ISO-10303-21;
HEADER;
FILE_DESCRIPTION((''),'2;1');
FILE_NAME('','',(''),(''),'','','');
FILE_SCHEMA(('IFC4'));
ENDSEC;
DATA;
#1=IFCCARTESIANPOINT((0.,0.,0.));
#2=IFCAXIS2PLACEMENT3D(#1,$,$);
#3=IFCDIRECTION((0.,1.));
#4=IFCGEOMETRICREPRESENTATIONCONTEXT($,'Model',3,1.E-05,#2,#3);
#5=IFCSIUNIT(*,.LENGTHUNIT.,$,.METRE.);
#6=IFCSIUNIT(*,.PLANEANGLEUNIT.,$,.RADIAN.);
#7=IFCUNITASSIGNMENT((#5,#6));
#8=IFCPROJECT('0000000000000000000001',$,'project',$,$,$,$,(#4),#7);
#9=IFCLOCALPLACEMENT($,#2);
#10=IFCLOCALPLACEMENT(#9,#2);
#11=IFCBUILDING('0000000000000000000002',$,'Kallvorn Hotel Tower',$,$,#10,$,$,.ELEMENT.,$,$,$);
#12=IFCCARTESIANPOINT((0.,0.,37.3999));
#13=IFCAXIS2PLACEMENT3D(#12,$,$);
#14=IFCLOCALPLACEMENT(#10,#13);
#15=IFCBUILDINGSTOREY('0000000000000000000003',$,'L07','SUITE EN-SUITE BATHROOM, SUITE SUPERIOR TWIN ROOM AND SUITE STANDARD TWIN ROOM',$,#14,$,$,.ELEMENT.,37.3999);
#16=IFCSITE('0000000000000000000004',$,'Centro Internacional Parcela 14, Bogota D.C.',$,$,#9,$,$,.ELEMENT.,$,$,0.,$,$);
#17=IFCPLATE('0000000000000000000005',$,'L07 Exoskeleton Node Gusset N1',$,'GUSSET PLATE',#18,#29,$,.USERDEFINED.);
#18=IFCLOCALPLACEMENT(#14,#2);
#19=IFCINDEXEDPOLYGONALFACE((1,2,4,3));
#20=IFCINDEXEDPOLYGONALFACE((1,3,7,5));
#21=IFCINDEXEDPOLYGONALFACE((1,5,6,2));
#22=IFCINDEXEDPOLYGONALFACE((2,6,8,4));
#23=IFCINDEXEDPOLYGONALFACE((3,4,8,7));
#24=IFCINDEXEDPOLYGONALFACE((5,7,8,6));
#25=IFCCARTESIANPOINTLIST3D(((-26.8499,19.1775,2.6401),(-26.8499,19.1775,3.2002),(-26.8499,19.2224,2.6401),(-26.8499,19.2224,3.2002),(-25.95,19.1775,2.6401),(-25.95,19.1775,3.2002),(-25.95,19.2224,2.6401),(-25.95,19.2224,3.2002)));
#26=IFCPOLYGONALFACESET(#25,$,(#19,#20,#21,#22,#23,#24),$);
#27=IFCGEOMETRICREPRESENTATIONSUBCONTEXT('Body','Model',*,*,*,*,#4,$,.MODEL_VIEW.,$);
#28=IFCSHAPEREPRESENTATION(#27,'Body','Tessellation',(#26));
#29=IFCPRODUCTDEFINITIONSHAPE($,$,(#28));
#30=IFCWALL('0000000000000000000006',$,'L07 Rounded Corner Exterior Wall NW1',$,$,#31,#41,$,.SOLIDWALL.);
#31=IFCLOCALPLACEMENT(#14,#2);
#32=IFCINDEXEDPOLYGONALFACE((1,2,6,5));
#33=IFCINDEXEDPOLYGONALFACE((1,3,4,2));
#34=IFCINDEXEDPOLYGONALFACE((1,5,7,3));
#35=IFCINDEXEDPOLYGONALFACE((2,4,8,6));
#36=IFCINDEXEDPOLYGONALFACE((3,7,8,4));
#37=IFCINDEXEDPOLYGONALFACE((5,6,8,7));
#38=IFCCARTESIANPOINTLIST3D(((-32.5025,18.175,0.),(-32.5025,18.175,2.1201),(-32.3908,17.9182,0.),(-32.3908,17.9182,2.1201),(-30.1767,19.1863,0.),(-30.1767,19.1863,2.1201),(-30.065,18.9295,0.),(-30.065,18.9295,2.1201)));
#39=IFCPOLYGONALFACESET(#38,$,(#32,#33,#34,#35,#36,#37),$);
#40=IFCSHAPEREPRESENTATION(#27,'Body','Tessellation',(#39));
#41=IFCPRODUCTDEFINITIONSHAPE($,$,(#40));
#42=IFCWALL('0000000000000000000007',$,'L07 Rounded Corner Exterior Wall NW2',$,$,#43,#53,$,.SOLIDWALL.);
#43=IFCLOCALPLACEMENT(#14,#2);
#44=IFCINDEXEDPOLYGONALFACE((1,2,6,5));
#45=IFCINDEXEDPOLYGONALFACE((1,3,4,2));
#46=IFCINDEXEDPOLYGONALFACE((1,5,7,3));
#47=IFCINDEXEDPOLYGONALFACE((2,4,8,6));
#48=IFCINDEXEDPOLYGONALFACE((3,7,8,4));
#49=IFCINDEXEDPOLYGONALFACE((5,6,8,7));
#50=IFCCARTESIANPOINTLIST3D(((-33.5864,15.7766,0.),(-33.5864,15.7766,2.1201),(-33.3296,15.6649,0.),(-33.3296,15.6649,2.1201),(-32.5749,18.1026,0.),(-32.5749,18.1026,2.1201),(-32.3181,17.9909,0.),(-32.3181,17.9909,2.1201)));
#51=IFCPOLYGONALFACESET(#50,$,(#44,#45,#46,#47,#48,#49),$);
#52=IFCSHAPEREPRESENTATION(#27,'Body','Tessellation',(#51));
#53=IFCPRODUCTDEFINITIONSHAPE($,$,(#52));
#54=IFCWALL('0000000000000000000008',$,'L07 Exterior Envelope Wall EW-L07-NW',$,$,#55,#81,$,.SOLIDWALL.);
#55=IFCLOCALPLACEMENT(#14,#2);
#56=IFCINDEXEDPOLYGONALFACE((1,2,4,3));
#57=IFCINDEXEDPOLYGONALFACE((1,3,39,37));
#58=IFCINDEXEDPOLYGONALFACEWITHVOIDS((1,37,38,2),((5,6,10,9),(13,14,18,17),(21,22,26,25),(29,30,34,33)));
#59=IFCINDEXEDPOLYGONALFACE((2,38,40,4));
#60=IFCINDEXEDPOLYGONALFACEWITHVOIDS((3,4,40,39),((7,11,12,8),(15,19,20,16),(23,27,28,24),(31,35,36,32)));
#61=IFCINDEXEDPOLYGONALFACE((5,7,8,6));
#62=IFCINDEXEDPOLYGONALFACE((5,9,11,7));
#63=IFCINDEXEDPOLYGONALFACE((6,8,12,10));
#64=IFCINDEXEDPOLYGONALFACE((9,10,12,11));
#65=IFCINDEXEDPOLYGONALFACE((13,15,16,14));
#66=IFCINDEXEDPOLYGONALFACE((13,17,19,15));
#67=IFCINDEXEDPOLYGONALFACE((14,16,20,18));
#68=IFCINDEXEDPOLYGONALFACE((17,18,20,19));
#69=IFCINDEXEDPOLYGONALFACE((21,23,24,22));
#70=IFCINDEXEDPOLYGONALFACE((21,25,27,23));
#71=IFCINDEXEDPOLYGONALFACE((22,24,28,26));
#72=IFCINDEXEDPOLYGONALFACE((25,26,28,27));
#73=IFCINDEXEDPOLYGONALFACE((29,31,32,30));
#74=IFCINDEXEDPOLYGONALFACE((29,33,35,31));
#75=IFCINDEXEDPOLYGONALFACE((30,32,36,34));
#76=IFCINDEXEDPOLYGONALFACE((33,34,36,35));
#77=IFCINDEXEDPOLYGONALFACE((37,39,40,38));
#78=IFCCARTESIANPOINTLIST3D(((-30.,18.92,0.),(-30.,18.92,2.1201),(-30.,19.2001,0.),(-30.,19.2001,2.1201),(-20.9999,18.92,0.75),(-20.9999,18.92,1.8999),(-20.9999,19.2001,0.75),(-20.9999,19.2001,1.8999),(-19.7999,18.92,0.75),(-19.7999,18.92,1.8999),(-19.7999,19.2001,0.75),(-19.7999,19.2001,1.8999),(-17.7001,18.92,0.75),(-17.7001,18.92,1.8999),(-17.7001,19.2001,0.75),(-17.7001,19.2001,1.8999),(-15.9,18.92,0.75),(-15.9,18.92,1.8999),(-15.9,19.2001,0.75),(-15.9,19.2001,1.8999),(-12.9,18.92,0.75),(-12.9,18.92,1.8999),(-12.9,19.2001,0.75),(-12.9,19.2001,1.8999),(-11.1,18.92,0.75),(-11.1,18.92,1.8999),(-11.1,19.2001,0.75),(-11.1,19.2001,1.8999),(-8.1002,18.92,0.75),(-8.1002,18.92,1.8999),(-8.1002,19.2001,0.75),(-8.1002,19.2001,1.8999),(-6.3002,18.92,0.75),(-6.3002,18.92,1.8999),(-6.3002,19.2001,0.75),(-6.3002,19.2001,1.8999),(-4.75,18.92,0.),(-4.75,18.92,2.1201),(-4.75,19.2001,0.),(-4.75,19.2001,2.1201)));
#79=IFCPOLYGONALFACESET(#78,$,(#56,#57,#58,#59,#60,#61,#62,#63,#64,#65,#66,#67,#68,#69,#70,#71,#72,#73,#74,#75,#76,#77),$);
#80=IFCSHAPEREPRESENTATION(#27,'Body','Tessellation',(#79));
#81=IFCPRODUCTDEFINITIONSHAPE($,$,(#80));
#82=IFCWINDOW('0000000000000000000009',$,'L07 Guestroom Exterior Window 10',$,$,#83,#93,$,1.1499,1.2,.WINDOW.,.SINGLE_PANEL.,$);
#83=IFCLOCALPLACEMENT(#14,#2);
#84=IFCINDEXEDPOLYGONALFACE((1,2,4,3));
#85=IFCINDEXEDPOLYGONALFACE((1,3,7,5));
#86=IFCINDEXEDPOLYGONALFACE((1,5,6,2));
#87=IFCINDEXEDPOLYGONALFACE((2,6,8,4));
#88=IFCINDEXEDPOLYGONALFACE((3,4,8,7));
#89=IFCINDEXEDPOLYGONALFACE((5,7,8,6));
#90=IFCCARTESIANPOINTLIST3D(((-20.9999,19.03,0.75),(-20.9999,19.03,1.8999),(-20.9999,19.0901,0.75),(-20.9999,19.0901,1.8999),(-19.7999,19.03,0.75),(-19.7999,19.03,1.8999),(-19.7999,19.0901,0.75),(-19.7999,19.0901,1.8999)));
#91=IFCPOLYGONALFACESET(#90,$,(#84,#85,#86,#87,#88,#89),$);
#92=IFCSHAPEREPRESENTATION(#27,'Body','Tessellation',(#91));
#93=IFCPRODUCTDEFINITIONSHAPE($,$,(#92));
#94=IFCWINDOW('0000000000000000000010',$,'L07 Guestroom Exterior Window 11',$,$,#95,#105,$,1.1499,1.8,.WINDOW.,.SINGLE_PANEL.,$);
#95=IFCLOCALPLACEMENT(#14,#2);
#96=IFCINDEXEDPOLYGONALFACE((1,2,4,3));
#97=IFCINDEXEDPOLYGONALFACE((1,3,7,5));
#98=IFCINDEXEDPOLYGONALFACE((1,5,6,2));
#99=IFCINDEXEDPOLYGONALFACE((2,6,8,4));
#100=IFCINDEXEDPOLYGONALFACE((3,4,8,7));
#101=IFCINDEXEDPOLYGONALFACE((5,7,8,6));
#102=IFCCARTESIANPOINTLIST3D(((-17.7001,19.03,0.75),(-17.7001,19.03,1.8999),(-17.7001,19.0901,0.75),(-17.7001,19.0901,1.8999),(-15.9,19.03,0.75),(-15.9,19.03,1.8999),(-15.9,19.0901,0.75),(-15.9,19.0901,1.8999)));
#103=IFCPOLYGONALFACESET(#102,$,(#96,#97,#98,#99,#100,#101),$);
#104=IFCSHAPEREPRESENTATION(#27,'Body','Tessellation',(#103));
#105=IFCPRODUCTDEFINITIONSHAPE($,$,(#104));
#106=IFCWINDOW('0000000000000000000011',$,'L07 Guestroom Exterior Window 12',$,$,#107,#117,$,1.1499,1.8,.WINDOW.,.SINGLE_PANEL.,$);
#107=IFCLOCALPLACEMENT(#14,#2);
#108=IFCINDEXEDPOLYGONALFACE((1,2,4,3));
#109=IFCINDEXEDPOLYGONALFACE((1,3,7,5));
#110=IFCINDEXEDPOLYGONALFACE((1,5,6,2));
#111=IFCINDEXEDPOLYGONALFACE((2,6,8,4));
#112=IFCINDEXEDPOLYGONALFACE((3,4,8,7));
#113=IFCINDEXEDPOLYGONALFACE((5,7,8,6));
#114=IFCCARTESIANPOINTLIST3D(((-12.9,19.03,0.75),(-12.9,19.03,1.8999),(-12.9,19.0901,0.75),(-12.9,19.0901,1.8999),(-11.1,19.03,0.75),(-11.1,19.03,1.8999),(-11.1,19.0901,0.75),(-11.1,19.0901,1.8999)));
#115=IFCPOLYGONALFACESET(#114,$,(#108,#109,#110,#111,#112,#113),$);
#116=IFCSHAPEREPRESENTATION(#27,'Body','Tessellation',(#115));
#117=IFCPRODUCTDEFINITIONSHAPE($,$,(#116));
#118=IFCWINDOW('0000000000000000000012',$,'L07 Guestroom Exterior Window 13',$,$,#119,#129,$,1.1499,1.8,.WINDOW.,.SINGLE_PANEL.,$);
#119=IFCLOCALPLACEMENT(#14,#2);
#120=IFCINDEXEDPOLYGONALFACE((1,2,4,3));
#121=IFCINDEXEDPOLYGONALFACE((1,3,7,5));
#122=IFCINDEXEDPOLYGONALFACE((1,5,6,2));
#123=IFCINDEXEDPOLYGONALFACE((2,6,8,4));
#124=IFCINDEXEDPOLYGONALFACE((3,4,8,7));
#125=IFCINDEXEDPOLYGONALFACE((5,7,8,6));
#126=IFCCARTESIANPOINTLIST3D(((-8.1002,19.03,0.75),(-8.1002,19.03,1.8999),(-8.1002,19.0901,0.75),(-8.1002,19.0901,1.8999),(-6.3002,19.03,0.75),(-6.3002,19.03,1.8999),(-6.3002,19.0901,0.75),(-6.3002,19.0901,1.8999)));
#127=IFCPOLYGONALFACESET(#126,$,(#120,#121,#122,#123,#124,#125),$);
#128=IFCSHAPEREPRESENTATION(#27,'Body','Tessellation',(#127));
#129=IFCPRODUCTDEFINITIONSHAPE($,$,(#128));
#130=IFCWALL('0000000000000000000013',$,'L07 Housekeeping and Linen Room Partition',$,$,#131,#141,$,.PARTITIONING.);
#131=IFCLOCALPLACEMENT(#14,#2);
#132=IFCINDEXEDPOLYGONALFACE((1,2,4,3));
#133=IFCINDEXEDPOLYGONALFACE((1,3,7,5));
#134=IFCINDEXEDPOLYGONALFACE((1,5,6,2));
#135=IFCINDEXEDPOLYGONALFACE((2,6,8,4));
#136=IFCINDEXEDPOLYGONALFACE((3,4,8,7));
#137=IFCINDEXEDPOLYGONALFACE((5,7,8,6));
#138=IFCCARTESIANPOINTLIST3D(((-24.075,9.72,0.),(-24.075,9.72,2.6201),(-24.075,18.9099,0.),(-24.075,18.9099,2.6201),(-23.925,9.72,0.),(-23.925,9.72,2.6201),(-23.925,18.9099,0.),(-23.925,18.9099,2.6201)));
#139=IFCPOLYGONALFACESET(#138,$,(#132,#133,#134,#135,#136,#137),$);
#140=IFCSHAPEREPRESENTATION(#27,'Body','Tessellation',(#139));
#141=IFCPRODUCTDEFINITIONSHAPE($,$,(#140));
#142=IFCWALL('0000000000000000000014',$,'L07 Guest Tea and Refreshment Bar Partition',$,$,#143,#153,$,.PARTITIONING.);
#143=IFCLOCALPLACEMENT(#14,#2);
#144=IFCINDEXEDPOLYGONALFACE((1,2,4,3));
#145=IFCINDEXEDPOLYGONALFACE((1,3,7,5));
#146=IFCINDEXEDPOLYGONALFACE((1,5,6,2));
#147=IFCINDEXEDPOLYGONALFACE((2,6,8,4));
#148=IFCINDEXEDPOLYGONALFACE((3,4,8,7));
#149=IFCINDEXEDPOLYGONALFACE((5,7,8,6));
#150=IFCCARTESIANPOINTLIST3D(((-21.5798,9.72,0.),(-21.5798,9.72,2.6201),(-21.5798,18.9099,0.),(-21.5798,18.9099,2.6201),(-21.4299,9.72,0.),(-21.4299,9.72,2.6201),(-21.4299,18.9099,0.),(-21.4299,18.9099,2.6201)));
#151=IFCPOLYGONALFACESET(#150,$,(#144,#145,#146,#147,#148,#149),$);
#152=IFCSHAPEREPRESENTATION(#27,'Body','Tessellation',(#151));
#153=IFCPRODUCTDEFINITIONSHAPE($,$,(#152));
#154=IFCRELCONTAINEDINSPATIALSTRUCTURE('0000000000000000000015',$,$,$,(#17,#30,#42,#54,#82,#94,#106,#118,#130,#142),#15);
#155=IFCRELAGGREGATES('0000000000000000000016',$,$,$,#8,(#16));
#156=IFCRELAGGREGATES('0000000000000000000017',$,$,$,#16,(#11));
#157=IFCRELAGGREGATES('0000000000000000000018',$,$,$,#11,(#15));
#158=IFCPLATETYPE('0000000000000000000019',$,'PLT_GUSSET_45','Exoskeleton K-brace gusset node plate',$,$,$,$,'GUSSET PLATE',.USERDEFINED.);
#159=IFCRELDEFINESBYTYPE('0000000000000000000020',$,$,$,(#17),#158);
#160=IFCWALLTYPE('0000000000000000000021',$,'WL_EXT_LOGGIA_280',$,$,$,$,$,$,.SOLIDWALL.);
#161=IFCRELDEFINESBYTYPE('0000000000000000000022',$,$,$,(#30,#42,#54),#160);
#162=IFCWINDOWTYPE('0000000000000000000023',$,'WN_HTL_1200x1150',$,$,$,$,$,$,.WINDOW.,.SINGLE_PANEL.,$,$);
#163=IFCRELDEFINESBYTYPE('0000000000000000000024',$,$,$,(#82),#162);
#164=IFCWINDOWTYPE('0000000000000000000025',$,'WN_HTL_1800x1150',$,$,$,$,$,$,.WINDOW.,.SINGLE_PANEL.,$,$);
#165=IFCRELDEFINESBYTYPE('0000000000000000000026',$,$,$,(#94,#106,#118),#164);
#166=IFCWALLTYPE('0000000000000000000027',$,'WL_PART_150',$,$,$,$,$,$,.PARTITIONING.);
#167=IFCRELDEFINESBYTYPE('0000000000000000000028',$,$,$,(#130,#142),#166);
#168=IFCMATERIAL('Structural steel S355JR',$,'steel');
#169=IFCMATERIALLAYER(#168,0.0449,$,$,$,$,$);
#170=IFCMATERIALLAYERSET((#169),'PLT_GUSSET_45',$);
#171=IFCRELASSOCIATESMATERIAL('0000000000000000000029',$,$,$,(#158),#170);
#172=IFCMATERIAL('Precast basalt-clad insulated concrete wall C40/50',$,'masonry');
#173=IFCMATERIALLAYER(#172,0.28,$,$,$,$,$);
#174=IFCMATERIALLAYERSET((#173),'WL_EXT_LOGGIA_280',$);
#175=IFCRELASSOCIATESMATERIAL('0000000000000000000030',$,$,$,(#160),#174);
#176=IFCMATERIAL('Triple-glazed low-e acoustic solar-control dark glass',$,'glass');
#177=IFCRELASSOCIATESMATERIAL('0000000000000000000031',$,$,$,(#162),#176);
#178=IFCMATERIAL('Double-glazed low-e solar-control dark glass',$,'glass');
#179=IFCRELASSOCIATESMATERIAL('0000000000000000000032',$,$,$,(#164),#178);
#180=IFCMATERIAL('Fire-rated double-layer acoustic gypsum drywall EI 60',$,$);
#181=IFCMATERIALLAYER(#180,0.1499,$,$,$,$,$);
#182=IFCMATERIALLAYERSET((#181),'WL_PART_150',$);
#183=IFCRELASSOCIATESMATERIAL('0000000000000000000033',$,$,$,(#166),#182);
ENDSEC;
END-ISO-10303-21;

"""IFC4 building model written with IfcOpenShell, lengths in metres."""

from ifc_helpers import new_model, si_unit, direction, frame, frame_2d, origin, origin_2d, place, context, subcontext, project, spatial, rectangle, extrude, material, layer, layer_set, type_object, element, fill, save


model = new_model("IFC4")

# Units and contexts
model_context = context("Model", 3, precision=1e-05, world=origin(), true_north=direction((0.0, 1.0)))
body_context = subcontext(model_context, "Body", "Model", "MODEL_VIEW")
ifc_project = project(units=[si_unit("LENGTHUNIT", "METRE"), si_unit("PLANEANGLEUNIT", "RADIAN")], contexts=[model_context])

# Site, building, storey
site_placement = place(None, origin())
site = spatial("IfcSite", under=ifc_project, at=site_placement, Name="Centro Internacional Parcela 14, Bogota D.C.", CompositionType="ELEMENT", RefElevation=0.0)
building_placement = place(site_placement, origin())
building = spatial("IfcBuilding", under=site, at=building_placement, Name="Kallvorn Hotel Tower", CompositionType="ELEMENT")
storey_placement = place(building_placement, frame((0.0, 0.0, 37.3999)))
storey = spatial("IfcBuildingStorey", under=building, at=storey_placement, Name="L07", Description="SUITE EN-SUITE BATHROOM, SUITE SUPERIOR TWIN ROOM AND SUITE STANDARD TWIN ROOM", CompositionType="ELEMENT", Elevation=37.3999)

# Plate
ifc_material_1 = material(Name="Structural steel S355JR", Category="steel")
ifc_layer_1 = layer(ifc_material_1, 0.0449)
ifc_layer_set_1 = layer_set([ifc_layer_1], Name="PLT_GUSSET_45")
plate_type_1 = type_object("IfcPlateType", Name="PLT_GUSSET_45", Description="Exoskeleton K-brace gusset node plate", ElementType="GUSSET PLATE", PredefinedType="USERDEFINED", material=ifc_layer_set_1)
plate_1_placement = place(storey_placement, frame((-26.3999, 19.2, 2.6401), z_axis=(0.0, 0.0, 1.0), x_axis=(1.0, 0.0, 0.0)))
element("IfcPlate", 1, at=plate_1_placement, inside=storey, type_object=plate_type_1, Name="L07 Exoskeleton Node Gusset N1", ObjectType="GUSSET PLATE", PredefinedType="USERDEFINED", context=body_context, shape_type="SweptSolid", body=[
    extrude(rectangle(XDim=0.8999, YDim=0.0449, at=origin_2d()), origin(), (0.0, 0.0, 1.0), 0.5601),
])

# Walls
ifc_material_2 = material(Name="Precast basalt-clad insulated concrete wall C40/50", Category="masonry")
ifc_layer_2 = layer(ifc_material_2, 0.28)
ifc_layer_set_2 = layer_set([ifc_layer_2], Name="WL_EXT_LOGGIA_280")
wall_type_1 = type_object("IfcWallType", Name="WL_EXT_LOGGIA_280", PredefinedType="SOLIDWALL", material=ifc_layer_set_2)
wall_1_placement = place(storey_placement, frame((-30.1208, 19.0579, 0.0), z_axis=(0.0, 0.0, 1.0), x_axis=(-0.917061, -0.398747, 0.0)))
element("IfcWall", 2, at=wall_1_placement, inside=storey, type_object=wall_type_1, Name="L07 Rounded Corner Exterior Wall NW1", PredefinedType="SOLIDWALL", context=body_context, shape_type="SweptSolid", body=[
    extrude(rectangle(XDim=2.5361, YDim=0.28, at=frame_2d((1.2681, 0.0))), origin(), (0.0, 0.0, 1.0), 2.1201),
])
wall_2_placement = place(storey_placement, frame((-32.4465, 18.0466, 0.0), z_axis=(0.0, 0.0, 1.0), x_axis=(-0.398793, -0.917041, 0.0)))
element("IfcWall", 3, at=wall_2_placement, inside=storey, type_object=wall_type_1, Name="L07 Rounded Corner Exterior Wall NW2", PredefinedType="SOLIDWALL", context=body_context, shape_type="SweptSolid", body=[
    extrude(rectangle(XDim=2.5364, YDim=0.28, at=frame_2d((1.2681, 0.0))), origin(), (0.0, 0.0, 1.0), 2.1201),
])

# Wall, openings, windows
wall_3_placement = place(storey_placement, frame((-30.0, 19.0601, 0.0), z_axis=(0.0, 0.0, 1.0), x_axis=(1.0, 0.0, 0.0)))
wall_3 = element("IfcWall", 4, at=wall_3_placement, inside=storey, type_object=wall_type_1, Name="L07 Exterior Envelope Wall EW-L07-NW", PredefinedType="SOLIDWALL", context=body_context, shape_type="SweptSolid", body=[
    extrude(rectangle(XDim=25.25, YDim=0.28, at=frame_2d((12.625, 0.0))), origin(), (0.0, 0.0, 1.0), 2.1201),
])
opening_1_placement = place(wall_3_placement, frame((9.0, 0.0, 0.75)))
opening_1 = element("IfcOpeningElement", 5, at=opening_1_placement, cuts=wall_3, PredefinedType="OPENING", context=body_context, shape_type="SweptSolid", body=[
    extrude(rectangle(XDim=1.2, YDim=1.1499, at=frame_2d((0.6001, 0.575))), frame((0.0, 0.155, 0.0), z_axis=(0.0, -1.0, 0.0), x_axis=(1.0, 0.0, 0.0)), (0.0, 0.0, 1.0), 0.3101),
])
opening_2_placement = place(wall_3_placement, frame((12.3, 0.0, 0.75)))
opening_2 = element("IfcOpeningElement", 6, at=opening_2_placement, cuts=wall_3, PredefinedType="OPENING", context=body_context, shape_type="SweptSolid", body=[
    extrude(rectangle(XDim=1.8, YDim=1.1499, at=frame_2d((0.8999, 0.575))), frame((0.0, 0.155, 0.0), z_axis=(0.0, -1.0, 0.0), x_axis=(1.0, 0.0, 0.0)), (0.0, 0.0, 1.0), 0.3101),
])
opening_3_placement = place(wall_3_placement, frame((17.1001, 0.0, 0.75)))
opening_3 = element("IfcOpeningElement", 7, at=opening_3_placement, cuts=wall_3, PredefinedType="OPENING", context=body_context, shape_type="SweptSolid", body=[
    extrude(rectangle(XDim=1.8, YDim=1.1499, at=frame_2d((0.8999, 0.575))), frame((0.0, 0.155, 0.0), z_axis=(0.0, -1.0, 0.0), x_axis=(1.0, 0.0, 0.0)), (0.0, 0.0, 1.0), 0.3101),
])
opening_4_placement = place(wall_3_placement, frame((21.8999, 0.0, 0.75)))
opening_4 = element("IfcOpeningElement", 8, at=opening_4_placement, cuts=wall_3, PredefinedType="OPENING", context=body_context, shape_type="SweptSolid", body=[
    extrude(rectangle(XDim=1.8, YDim=1.1499, at=frame_2d((0.8999, 0.575))), frame((0.0, 0.155, 0.0), z_axis=(0.0, -1.0, 0.0), x_axis=(1.0, 0.0, 0.0)), (0.0, 0.0, 1.0), 0.3101),
])
ifc_material_3 = material(Name="Triple-glazed low-e acoustic solar-control dark glass", Category="glass")
window_type_1 = type_object("IfcWindowType", Name="WN_HTL_1200x1150", PartitioningType="SINGLE_PANEL", PredefinedType="WINDOW", material=ifc_material_3)
window_1_placement = place(opening_1_placement, origin())
window_1 = element("IfcWindow", 9, at=window_1_placement, inside=storey, type_object=window_type_1, Name="L07 Guestroom Exterior Window 10", OverallHeight=1.1499, OverallWidth=1.2, PartitioningType="SINGLE_PANEL", PredefinedType="WINDOW", context=body_context, shape_type="SweptSolid", body=[
    extrude(rectangle(XDim=1.2, YDim=1.1499, at=frame_2d((0.6001, 0.575))), frame((0.0, 0.03, 0.0), z_axis=(0.0, -1.0, 0.0), x_axis=(1.0, 0.0, 0.0)), (0.0, 0.0, 1.0), 0.0601),
])
fill(opening_1, window_1)
ifc_material_4 = material(Name="Double-glazed low-e solar-control dark glass", Category="glass")
window_type_2 = type_object("IfcWindowType", Name="WN_HTL_1800x1150", PartitioningType="SINGLE_PANEL", PredefinedType="WINDOW", material=ifc_material_4)
window_2_placement = place(opening_2_placement, origin())
window_2 = element("IfcWindow", 10, at=window_2_placement, inside=storey, type_object=window_type_2, Name="L07 Guestroom Exterior Window 11", OverallHeight=1.1499, OverallWidth=1.8, PartitioningType="SINGLE_PANEL", PredefinedType="WINDOW", context=body_context, shape_type="SweptSolid", body=[
    extrude(rectangle(XDim=1.8, YDim=1.1499, at=frame_2d((0.8999, 0.575))), frame((0.0, 0.03, 0.0), z_axis=(0.0, -1.0, 0.0), x_axis=(1.0, 0.0, 0.0)), (0.0, 0.0, 1.0), 0.0601),
])
fill(opening_2, window_2)
window_3_placement = place(opening_3_placement, origin())
window_3 = element("IfcWindow", 11, at=window_3_placement, inside=storey, type_object=window_type_2, Name="L07 Guestroom Exterior Window 12", OverallHeight=1.1499, OverallWidth=1.8, PartitioningType="SINGLE_PANEL", PredefinedType="WINDOW", context=body_context, shape_type="SweptSolid", body=[
    extrude(rectangle(XDim=1.8, YDim=1.1499, at=frame_2d((0.8999, 0.575))), frame((0.0, 0.03, 0.0), z_axis=(0.0, -1.0, 0.0), x_axis=(1.0, 0.0, 0.0)), (0.0, 0.0, 1.0), 0.0601),
])
fill(opening_3, window_3)
window_4_placement = place(opening_4_placement, origin())
window_4 = element("IfcWindow", 12, at=window_4_placement, inside=storey, type_object=window_type_2, Name="L07 Guestroom Exterior Window 13", OverallHeight=1.1499, OverallWidth=1.8, PartitioningType="SINGLE_PANEL", PredefinedType="WINDOW", context=body_context, shape_type="SweptSolid", body=[
    extrude(rectangle(XDim=1.8, YDim=1.1499, at=frame_2d((0.8999, 0.575))), frame((0.0, 0.03, 0.0), z_axis=(0.0, -1.0, 0.0), x_axis=(1.0, 0.0, 0.0)), (0.0, 0.0, 1.0), 0.0601),
])
fill(opening_4, window_4)

# Walls
ifc_material_5 = material(Name="Fire-rated double-layer acoustic gypsum drywall EI 60")
ifc_layer_3 = layer(ifc_material_5, 0.1499)
ifc_layer_set_3 = layer_set([ifc_layer_3], Name="WL_PART_150")
wall_type_2 = type_object("IfcWallType", Name="WL_PART_150", PredefinedType="PARTITIONING", material=ifc_layer_set_3)
for number, where, z_axis, x_axis, name in (
    (13, (-24.0, 9.72, 0.0), (0.0, 0.0, 1.0), (0.0, 1.0, 0.0), "L07 Housekeeping and Linen Room Partition"),
    (14, (-21.5049, 9.72, 0.0), (0.0, 0.0, 1.0), (0.0, 1.0, 0.0), "L07 Guest Tea and Refreshment Bar Partition"),
):
    element("IfcWall", number, at=place(storey_placement, frame(where, z_axis=z_axis, x_axis=x_axis)), inside=storey, type_object=wall_type_2, Name=name, PredefinedType="PARTITIONING", context=body_context, shape_type="SweptSolid", body=[
        extrude(rectangle(XDim=9.1899, YDim=0.1499, at=frame_2d((4.595, 0.0))), origin(), (0.0, 0.0, 1.0), 2.6201),
    ])

save(model, "model.ifc")
